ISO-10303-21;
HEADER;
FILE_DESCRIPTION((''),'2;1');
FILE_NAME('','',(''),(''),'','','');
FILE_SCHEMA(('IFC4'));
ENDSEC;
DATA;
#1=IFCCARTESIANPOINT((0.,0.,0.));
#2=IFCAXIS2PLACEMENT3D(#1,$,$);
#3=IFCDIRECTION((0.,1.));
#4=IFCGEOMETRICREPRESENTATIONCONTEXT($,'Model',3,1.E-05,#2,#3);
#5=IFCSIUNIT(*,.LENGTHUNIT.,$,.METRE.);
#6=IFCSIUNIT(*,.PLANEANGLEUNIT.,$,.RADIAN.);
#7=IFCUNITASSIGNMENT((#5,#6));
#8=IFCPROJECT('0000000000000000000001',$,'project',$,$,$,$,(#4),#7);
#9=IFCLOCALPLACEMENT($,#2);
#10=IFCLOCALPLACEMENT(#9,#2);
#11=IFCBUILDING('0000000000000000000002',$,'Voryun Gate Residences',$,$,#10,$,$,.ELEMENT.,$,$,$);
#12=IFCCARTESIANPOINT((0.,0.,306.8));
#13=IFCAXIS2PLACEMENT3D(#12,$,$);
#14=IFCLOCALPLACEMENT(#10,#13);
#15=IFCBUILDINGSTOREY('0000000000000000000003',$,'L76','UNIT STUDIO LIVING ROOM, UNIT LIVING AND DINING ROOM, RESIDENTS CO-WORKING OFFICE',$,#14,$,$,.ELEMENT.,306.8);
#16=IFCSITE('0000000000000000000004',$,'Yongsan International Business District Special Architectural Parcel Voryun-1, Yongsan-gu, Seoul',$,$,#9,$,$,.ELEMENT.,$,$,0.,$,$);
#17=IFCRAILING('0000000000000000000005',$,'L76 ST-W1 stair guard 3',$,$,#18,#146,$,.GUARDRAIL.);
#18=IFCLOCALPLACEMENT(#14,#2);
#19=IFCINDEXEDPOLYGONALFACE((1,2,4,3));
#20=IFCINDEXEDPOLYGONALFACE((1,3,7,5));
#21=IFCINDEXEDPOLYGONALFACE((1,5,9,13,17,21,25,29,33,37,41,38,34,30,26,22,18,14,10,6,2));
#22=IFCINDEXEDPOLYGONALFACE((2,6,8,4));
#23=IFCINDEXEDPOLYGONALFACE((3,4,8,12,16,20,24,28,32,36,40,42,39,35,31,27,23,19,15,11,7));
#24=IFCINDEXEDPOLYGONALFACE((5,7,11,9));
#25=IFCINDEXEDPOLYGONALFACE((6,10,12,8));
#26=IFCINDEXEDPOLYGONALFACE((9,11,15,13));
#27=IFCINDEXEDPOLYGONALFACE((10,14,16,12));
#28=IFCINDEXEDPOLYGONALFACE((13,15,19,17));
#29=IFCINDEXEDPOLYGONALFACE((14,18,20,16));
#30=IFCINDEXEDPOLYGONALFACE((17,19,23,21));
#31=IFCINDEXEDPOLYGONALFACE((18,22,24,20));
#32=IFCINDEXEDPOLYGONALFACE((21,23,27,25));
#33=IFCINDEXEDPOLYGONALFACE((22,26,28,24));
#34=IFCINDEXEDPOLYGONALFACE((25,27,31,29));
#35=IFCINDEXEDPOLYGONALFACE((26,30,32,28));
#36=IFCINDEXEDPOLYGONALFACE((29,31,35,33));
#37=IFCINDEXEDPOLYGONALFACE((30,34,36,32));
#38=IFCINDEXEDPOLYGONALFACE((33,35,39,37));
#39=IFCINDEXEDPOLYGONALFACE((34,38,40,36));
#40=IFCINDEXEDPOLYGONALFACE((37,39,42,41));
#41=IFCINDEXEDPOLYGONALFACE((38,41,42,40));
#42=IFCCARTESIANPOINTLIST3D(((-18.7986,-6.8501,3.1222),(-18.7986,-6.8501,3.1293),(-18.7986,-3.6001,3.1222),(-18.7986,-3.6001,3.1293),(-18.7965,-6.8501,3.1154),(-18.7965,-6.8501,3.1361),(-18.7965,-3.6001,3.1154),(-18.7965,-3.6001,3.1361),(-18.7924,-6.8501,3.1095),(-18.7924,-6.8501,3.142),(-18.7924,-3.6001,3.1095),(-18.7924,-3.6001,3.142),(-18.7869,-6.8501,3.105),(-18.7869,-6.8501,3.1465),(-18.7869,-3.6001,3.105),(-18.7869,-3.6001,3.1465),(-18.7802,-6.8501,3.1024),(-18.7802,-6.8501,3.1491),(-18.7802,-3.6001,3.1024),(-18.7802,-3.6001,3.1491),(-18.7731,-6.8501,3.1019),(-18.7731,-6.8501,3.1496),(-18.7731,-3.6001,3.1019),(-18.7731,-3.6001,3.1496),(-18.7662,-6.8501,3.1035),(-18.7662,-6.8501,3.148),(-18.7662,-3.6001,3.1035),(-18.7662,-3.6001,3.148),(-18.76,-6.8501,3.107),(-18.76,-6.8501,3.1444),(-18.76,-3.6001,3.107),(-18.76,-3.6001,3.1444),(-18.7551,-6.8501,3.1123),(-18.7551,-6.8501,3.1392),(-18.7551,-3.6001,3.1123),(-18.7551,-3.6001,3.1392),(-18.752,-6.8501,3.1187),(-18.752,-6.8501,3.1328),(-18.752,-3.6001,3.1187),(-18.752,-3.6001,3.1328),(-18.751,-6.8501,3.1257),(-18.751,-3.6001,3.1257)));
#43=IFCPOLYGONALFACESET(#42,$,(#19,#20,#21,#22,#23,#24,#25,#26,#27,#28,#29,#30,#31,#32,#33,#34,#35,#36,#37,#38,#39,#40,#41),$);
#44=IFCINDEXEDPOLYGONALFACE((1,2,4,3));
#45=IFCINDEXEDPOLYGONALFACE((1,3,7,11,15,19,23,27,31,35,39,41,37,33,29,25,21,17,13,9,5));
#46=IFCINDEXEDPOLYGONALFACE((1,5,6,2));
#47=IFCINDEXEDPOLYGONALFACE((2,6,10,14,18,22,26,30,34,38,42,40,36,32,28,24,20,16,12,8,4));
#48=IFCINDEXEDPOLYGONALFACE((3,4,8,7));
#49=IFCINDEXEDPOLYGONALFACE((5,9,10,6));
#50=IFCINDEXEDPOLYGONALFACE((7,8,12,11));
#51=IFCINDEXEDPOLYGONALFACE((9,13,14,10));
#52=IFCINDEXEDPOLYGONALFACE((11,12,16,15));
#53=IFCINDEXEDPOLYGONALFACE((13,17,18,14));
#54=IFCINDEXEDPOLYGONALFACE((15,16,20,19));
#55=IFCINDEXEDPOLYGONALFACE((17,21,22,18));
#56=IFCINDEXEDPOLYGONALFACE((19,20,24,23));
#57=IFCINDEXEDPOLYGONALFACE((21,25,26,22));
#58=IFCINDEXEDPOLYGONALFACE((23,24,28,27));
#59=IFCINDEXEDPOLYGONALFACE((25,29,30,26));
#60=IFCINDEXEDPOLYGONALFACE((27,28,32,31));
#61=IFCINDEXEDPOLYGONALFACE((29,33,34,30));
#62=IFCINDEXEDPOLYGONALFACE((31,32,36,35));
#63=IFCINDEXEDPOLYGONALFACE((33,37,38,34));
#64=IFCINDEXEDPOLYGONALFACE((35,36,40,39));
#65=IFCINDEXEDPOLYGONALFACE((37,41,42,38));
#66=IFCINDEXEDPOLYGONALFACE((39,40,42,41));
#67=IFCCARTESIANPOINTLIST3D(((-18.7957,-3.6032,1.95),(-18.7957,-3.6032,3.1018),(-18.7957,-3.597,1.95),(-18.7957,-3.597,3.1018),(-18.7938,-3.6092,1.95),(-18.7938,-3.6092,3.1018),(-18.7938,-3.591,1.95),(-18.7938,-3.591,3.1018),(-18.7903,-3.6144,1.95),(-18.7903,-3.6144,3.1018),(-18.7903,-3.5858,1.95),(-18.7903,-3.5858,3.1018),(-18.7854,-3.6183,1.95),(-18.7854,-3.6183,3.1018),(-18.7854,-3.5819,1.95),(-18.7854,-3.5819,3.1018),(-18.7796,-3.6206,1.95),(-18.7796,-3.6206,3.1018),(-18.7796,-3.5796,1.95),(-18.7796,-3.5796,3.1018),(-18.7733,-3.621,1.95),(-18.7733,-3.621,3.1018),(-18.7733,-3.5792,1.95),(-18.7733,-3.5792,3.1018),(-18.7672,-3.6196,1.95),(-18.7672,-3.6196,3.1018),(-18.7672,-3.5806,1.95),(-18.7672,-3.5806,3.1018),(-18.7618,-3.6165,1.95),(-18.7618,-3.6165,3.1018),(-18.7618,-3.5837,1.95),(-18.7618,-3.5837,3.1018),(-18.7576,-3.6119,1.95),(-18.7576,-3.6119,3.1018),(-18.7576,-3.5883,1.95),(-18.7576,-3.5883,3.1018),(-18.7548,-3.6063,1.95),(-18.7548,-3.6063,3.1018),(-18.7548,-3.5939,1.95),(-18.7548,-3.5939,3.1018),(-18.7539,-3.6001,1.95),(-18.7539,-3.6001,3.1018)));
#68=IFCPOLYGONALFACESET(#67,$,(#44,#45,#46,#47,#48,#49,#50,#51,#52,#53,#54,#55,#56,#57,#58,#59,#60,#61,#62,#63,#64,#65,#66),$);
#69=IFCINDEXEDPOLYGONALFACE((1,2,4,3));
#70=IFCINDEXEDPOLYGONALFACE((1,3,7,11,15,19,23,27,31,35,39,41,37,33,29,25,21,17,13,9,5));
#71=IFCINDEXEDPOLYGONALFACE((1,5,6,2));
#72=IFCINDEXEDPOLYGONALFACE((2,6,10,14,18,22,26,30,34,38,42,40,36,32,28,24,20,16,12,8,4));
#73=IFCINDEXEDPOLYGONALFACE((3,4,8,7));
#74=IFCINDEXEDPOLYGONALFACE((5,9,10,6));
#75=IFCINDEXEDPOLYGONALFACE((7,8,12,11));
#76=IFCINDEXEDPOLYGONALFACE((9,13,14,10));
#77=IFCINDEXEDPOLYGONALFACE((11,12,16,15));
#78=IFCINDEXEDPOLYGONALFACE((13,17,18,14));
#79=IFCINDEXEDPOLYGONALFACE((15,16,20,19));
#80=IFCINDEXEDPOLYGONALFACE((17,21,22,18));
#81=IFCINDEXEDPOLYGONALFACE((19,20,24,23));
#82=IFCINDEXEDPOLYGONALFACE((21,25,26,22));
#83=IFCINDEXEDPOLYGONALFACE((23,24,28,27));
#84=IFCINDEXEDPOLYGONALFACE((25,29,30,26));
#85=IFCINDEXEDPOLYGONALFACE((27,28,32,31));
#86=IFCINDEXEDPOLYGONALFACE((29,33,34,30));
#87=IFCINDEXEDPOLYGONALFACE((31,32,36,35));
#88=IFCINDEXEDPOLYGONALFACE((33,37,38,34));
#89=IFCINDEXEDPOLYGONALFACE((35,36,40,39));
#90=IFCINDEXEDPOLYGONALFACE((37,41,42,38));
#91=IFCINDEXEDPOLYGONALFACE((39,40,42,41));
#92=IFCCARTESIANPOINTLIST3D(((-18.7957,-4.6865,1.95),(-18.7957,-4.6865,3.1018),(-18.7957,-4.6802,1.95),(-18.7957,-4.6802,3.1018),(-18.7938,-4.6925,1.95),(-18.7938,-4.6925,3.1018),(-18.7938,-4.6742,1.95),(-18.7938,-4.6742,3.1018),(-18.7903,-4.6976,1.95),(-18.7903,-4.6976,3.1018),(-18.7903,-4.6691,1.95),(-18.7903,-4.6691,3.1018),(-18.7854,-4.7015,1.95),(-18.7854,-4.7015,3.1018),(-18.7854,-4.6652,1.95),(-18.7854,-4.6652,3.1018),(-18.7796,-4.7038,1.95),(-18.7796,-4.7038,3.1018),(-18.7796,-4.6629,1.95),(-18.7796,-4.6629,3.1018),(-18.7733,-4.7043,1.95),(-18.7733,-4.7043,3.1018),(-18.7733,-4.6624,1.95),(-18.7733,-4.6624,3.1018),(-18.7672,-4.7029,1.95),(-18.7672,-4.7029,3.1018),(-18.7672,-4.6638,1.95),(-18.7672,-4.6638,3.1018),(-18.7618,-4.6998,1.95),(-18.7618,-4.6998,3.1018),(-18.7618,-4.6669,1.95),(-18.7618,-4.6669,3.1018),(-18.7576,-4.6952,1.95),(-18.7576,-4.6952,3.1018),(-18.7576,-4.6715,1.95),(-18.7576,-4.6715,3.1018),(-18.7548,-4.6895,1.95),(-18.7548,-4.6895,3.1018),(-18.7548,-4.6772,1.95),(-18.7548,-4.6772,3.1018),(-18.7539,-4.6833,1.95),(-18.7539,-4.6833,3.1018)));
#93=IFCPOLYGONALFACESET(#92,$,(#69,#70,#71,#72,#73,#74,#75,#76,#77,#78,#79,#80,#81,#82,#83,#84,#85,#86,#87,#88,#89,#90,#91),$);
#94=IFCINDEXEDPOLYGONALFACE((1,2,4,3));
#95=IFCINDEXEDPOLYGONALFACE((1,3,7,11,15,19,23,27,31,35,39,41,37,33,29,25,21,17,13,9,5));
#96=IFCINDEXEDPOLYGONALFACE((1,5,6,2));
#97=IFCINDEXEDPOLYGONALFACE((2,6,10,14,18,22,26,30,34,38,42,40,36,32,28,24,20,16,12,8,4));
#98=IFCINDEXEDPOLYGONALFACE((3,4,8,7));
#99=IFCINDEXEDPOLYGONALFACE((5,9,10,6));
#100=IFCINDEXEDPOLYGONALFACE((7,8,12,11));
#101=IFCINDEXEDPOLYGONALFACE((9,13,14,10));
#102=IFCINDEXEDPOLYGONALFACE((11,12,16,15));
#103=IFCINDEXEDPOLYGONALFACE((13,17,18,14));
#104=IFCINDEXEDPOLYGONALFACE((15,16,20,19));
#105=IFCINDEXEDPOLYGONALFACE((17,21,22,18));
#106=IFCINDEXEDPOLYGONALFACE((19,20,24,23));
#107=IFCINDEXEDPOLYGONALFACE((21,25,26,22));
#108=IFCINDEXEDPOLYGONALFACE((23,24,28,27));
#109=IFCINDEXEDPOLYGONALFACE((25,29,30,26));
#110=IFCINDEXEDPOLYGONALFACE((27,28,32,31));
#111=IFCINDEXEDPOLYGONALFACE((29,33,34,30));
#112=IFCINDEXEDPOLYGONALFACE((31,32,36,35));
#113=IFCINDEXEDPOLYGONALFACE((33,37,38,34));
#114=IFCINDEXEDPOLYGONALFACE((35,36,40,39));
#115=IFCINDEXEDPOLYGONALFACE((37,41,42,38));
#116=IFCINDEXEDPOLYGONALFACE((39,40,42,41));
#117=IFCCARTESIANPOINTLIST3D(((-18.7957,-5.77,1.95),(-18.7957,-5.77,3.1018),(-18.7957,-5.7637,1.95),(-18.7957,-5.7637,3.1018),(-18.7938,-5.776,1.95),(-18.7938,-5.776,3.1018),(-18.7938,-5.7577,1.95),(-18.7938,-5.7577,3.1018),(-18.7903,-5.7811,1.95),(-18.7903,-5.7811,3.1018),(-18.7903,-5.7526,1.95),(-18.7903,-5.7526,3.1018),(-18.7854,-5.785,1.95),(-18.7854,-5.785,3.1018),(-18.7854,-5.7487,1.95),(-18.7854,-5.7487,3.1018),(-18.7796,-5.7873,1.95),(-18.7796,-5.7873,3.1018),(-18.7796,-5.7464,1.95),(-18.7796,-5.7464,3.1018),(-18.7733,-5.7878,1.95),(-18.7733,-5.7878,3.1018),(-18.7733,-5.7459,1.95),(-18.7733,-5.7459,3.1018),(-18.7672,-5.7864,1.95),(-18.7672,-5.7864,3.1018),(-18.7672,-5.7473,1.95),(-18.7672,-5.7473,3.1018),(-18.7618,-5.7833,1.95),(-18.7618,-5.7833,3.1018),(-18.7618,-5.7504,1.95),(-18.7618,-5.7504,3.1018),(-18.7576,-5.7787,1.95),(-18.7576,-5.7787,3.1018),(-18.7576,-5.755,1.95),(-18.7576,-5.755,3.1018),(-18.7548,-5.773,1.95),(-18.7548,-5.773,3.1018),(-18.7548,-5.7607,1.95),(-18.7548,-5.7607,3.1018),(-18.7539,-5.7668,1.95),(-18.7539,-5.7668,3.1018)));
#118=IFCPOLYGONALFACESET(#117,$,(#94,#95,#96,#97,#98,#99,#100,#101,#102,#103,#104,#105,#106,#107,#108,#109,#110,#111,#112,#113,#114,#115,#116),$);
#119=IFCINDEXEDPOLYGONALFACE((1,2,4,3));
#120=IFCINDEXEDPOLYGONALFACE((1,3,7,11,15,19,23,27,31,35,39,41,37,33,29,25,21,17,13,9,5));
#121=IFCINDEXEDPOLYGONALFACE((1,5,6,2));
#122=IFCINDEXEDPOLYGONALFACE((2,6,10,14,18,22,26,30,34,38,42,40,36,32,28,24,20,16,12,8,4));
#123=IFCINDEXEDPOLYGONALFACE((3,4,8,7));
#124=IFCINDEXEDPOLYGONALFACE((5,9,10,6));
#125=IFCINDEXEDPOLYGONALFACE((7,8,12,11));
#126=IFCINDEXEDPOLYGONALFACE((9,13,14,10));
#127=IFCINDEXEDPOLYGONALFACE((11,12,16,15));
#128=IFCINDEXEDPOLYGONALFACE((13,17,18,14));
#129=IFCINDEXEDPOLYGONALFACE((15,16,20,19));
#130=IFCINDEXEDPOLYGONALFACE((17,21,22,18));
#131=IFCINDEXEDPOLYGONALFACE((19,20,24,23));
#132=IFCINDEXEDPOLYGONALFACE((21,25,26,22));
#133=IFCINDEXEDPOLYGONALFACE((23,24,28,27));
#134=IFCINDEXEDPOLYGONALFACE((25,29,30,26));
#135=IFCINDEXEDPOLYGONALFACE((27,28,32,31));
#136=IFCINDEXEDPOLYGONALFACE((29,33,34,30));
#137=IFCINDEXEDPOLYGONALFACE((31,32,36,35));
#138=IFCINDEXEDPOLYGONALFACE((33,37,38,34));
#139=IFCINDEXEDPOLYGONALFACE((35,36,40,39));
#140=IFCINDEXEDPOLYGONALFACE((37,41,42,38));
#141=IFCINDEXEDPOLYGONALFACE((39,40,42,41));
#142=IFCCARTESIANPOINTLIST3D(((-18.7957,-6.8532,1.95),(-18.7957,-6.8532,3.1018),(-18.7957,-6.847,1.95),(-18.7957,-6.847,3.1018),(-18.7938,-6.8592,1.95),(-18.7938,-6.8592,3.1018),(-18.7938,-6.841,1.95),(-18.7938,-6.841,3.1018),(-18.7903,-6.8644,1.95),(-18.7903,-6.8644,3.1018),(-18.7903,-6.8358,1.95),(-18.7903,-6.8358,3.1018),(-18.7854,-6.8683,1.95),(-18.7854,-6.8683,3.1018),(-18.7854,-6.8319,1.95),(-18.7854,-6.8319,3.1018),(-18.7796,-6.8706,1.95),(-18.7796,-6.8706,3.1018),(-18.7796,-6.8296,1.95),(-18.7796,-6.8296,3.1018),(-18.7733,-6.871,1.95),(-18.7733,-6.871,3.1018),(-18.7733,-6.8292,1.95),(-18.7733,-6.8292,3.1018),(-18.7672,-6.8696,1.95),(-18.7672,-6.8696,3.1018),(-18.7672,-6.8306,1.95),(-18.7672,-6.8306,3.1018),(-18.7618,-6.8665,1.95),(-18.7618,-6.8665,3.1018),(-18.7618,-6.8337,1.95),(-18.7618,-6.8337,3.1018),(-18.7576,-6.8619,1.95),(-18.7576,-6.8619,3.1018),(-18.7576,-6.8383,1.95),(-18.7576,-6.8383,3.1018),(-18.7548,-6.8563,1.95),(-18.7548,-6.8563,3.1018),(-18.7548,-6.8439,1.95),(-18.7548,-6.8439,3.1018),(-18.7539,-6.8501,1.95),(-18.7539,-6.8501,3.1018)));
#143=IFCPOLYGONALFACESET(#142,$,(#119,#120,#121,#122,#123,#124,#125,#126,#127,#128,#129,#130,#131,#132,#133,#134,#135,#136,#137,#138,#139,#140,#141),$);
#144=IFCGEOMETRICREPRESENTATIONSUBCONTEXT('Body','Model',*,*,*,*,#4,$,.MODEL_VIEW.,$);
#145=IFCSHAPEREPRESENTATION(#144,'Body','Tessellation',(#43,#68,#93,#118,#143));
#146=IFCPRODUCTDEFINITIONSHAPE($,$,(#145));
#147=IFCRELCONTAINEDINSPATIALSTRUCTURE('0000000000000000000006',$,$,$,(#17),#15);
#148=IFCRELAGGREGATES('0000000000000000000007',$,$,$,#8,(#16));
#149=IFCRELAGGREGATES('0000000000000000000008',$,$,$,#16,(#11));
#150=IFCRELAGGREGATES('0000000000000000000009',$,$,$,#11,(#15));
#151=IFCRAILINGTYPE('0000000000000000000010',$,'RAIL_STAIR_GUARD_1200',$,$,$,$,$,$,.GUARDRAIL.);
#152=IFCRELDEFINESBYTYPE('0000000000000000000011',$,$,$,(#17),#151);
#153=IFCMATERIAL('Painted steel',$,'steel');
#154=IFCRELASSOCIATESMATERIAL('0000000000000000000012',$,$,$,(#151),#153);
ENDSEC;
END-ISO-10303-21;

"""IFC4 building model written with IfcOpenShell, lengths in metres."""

from ifc_helpers import new_model, si_unit, direction, frame, origin, origin_2d, place, context, subcontext, project, spatial, circle, extrude, material, type_object, element, save


model = new_model("IFC4")

# Units and contexts
model_context = context("Model", 3, precision=1e-05, world=origin(), true_north=direction((0.0, 1.0)))
body_context = subcontext(model_context, "Body", "Model", "MODEL_VIEW")
ifc_project = project(units=[si_unit("LENGTHUNIT", "METRE"), si_unit("PLANEANGLEUNIT", "RADIAN")], contexts=[model_context])

# Site, building, storey
site_placement = place(None, origin())
site = spatial("IfcSite", under=ifc_project, at=site_placement, Name="Yongsan International Business District Special Architectural Parcel Voryun-1, Yongsan-gu, Seoul", CompositionType="ELEMENT", RefElevation=0.0)
building_placement = place(site_placement, origin())
building = spatial("IfcBuilding", under=site, at=building_placement, Name="Voryun Gate Residences", CompositionType="ELEMENT")
storey_placement = place(building_placement, frame((0.0, 0.0, 306.8)))
storey = spatial("IfcBuildingStorey", under=building, at=storey_placement, Name="L76", Description="UNIT STUDIO LIVING ROOM, UNIT LIVING AND DINING ROOM, RESIDENTS CO-WORKING OFFICE", CompositionType="ELEMENT", Elevation=306.8)

# Railing
ifc_material_1 = material(Name="Painted steel", Category="steel")
railing_type = type_object("IfcRailingType", Name="RAIL_STAIR_GUARD_1200", PredefinedType="GUARDRAIL", material=ifc_material_1)
railing_1_placement = place(storey_placement, frame((-18.7749, -3.6001, 1.95)))
element("IfcRailing", 1, at=railing_1_placement, inside=storey, type_object=railing_type, Name="L76 ST-W1 stair guard 3", PredefinedType="GUARDRAIL", context=body_context, shape_type="SweptSolid", body=[
    extrude(circle(Radius=0.0239, at=origin_2d()), frame((0.0, 0.0, 1.1758), z_axis=(0.0, -1.0, 0.0), x_axis=(1.0, 0.0, 0.0)), (0.0, 0.0, 1.0), 3.25),
    extrude(circle(Radius=0.021, at=origin_2d()), origin(), (0.0, 0.0, 1.0), 1.1519),
    extrude(circle(Radius=0.021, at=origin_2d()), frame((0.0, -1.0833, 0.0)), (0.0, 0.0, 1.0), 1.1519),
    extrude(circle(Radius=0.021, at=origin_2d()), frame((0.0, -2.1667, 0.0)), (0.0, 0.0, 1.0), 1.1519),
    extrude(circle(Radius=0.021, at=origin_2d()), frame((0.0, -3.25, 0.0)), (0.0, 0.0, 1.0), 1.1519),
])

save(model, "model.ifc")
